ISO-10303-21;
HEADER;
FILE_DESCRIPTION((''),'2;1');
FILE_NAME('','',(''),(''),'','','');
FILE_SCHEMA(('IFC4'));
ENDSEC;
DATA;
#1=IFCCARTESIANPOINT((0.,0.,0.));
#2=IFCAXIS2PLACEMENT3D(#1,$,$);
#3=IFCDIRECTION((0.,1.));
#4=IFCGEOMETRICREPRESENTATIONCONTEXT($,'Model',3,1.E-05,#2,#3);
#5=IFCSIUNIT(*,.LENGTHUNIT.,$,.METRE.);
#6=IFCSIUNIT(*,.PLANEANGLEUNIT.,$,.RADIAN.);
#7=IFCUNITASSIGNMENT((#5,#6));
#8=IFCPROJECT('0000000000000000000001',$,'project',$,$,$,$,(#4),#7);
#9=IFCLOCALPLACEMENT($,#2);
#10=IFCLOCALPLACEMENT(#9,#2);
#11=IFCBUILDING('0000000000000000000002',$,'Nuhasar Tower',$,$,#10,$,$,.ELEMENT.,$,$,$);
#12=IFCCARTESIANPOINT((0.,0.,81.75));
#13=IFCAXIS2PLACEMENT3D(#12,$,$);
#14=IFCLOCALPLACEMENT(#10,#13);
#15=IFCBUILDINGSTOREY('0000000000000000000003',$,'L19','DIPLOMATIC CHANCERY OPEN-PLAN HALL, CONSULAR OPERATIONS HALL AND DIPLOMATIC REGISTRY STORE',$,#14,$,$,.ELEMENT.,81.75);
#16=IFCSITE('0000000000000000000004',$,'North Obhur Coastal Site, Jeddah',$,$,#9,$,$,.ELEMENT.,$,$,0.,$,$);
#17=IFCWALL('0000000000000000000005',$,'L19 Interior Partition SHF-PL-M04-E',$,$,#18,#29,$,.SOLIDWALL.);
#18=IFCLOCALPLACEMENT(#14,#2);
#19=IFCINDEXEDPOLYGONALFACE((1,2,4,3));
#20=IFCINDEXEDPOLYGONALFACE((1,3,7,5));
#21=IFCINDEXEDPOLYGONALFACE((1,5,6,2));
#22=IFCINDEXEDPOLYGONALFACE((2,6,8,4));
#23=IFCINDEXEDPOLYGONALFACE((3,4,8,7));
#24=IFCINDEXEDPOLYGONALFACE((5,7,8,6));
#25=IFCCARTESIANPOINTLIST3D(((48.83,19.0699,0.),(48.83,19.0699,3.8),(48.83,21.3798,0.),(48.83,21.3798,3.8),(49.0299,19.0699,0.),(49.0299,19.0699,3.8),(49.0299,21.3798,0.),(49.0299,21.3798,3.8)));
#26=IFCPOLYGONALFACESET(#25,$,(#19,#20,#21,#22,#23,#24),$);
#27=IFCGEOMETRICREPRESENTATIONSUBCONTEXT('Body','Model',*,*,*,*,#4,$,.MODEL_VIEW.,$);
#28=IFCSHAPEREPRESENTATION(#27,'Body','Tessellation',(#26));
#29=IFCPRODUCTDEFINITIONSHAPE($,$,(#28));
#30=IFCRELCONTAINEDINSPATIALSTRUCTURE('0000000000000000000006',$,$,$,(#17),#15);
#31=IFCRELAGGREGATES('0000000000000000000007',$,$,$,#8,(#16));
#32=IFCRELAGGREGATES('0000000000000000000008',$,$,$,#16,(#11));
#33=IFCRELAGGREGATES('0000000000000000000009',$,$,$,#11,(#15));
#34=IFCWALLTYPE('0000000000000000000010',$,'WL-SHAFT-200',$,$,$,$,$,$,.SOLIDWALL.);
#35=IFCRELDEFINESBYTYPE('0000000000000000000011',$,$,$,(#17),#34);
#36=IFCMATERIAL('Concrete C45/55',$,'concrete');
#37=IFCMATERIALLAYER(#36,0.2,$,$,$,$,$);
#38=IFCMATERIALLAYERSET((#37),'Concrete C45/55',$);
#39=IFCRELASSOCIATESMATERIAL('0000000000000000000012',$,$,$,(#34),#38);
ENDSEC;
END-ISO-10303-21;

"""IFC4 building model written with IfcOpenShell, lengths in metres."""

from ifc_helpers import new_model, si_unit, direction, frame, frame_2d, origin, place, context, subcontext, project, spatial, rectangle, extrude, material, layer, layer_set, type_object, element, save


model = new_model("IFC4")

# Units and contexts
model_context = context("Model", 3, precision=1e-05, world=origin(), true_north=direction((0.0, 1.0)))
body_context = subcontext(model_context, "Body", "Model", "MODEL_VIEW")
ifc_project = project(units=[si_unit("LENGTHUNIT", "METRE"), si_unit("PLANEANGLEUNIT", "RADIAN")], contexts=[model_context])

# Site, building, storey
site_placement = place(None, origin())
site = spatial("IfcSite", under=ifc_project, at=site_placement, Name="North Obhur Coastal Site, Jeddah", CompositionType="ELEMENT", RefElevation=0.0)
building_placement = place(site_placement, origin())
building = spatial("IfcBuilding", under=site, at=building_placement, Name="Nuhasar Tower", CompositionType="ELEMENT")
storey_placement = place(building_placement, frame((0.0, 0.0, 81.75)))
storey = spatial("IfcBuildingStorey", under=building, at=storey_placement, Name="L19", Description="DIPLOMATIC CHANCERY OPEN-PLAN HALL, CONSULAR OPERATIONS HALL AND DIPLOMATIC REGISTRY STORE", CompositionType="ELEMENT", Elevation=81.75)

# Shared definitions
ifc_material_1 = material(Name="Concrete C45/55", Category="concrete")

# Wall
ifc_layer_1 = layer(ifc_material_1, 0.2)
ifc_layer_set_1 = layer_set([ifc_layer_1], Name="Concrete C45/55")
wall_type_1 = type_object("IfcWallType", Name="WL-SHAFT-200", PredefinedType="SOLIDWALL", material=ifc_layer_set_1)
for number, where, z_axis, x_axis, name in (
    (1, (48.9299, 19.0701, 0.0), (0.0, 0.0, 1.0), (0.0, 1.0, 0.0), "L19 Interior Partition SHF-PL-M04-E"),
):
    element("IfcWall", number, at=place(storey_placement, frame(where, z_axis=z_axis, x_axis=x_axis)), inside=storey, type_object=wall_type_1, Name=name, PredefinedType="SOLIDWALL", context=body_context, shape_type="SweptSolid", body=[
        extrude(rectangle(XDim=2.3098, YDim=0.2, at=frame_2d((1.1548, 0.0))), origin(), (0.0, 0.0, 1.0), 3.8),
    ])

save(model, "model.ifc")
